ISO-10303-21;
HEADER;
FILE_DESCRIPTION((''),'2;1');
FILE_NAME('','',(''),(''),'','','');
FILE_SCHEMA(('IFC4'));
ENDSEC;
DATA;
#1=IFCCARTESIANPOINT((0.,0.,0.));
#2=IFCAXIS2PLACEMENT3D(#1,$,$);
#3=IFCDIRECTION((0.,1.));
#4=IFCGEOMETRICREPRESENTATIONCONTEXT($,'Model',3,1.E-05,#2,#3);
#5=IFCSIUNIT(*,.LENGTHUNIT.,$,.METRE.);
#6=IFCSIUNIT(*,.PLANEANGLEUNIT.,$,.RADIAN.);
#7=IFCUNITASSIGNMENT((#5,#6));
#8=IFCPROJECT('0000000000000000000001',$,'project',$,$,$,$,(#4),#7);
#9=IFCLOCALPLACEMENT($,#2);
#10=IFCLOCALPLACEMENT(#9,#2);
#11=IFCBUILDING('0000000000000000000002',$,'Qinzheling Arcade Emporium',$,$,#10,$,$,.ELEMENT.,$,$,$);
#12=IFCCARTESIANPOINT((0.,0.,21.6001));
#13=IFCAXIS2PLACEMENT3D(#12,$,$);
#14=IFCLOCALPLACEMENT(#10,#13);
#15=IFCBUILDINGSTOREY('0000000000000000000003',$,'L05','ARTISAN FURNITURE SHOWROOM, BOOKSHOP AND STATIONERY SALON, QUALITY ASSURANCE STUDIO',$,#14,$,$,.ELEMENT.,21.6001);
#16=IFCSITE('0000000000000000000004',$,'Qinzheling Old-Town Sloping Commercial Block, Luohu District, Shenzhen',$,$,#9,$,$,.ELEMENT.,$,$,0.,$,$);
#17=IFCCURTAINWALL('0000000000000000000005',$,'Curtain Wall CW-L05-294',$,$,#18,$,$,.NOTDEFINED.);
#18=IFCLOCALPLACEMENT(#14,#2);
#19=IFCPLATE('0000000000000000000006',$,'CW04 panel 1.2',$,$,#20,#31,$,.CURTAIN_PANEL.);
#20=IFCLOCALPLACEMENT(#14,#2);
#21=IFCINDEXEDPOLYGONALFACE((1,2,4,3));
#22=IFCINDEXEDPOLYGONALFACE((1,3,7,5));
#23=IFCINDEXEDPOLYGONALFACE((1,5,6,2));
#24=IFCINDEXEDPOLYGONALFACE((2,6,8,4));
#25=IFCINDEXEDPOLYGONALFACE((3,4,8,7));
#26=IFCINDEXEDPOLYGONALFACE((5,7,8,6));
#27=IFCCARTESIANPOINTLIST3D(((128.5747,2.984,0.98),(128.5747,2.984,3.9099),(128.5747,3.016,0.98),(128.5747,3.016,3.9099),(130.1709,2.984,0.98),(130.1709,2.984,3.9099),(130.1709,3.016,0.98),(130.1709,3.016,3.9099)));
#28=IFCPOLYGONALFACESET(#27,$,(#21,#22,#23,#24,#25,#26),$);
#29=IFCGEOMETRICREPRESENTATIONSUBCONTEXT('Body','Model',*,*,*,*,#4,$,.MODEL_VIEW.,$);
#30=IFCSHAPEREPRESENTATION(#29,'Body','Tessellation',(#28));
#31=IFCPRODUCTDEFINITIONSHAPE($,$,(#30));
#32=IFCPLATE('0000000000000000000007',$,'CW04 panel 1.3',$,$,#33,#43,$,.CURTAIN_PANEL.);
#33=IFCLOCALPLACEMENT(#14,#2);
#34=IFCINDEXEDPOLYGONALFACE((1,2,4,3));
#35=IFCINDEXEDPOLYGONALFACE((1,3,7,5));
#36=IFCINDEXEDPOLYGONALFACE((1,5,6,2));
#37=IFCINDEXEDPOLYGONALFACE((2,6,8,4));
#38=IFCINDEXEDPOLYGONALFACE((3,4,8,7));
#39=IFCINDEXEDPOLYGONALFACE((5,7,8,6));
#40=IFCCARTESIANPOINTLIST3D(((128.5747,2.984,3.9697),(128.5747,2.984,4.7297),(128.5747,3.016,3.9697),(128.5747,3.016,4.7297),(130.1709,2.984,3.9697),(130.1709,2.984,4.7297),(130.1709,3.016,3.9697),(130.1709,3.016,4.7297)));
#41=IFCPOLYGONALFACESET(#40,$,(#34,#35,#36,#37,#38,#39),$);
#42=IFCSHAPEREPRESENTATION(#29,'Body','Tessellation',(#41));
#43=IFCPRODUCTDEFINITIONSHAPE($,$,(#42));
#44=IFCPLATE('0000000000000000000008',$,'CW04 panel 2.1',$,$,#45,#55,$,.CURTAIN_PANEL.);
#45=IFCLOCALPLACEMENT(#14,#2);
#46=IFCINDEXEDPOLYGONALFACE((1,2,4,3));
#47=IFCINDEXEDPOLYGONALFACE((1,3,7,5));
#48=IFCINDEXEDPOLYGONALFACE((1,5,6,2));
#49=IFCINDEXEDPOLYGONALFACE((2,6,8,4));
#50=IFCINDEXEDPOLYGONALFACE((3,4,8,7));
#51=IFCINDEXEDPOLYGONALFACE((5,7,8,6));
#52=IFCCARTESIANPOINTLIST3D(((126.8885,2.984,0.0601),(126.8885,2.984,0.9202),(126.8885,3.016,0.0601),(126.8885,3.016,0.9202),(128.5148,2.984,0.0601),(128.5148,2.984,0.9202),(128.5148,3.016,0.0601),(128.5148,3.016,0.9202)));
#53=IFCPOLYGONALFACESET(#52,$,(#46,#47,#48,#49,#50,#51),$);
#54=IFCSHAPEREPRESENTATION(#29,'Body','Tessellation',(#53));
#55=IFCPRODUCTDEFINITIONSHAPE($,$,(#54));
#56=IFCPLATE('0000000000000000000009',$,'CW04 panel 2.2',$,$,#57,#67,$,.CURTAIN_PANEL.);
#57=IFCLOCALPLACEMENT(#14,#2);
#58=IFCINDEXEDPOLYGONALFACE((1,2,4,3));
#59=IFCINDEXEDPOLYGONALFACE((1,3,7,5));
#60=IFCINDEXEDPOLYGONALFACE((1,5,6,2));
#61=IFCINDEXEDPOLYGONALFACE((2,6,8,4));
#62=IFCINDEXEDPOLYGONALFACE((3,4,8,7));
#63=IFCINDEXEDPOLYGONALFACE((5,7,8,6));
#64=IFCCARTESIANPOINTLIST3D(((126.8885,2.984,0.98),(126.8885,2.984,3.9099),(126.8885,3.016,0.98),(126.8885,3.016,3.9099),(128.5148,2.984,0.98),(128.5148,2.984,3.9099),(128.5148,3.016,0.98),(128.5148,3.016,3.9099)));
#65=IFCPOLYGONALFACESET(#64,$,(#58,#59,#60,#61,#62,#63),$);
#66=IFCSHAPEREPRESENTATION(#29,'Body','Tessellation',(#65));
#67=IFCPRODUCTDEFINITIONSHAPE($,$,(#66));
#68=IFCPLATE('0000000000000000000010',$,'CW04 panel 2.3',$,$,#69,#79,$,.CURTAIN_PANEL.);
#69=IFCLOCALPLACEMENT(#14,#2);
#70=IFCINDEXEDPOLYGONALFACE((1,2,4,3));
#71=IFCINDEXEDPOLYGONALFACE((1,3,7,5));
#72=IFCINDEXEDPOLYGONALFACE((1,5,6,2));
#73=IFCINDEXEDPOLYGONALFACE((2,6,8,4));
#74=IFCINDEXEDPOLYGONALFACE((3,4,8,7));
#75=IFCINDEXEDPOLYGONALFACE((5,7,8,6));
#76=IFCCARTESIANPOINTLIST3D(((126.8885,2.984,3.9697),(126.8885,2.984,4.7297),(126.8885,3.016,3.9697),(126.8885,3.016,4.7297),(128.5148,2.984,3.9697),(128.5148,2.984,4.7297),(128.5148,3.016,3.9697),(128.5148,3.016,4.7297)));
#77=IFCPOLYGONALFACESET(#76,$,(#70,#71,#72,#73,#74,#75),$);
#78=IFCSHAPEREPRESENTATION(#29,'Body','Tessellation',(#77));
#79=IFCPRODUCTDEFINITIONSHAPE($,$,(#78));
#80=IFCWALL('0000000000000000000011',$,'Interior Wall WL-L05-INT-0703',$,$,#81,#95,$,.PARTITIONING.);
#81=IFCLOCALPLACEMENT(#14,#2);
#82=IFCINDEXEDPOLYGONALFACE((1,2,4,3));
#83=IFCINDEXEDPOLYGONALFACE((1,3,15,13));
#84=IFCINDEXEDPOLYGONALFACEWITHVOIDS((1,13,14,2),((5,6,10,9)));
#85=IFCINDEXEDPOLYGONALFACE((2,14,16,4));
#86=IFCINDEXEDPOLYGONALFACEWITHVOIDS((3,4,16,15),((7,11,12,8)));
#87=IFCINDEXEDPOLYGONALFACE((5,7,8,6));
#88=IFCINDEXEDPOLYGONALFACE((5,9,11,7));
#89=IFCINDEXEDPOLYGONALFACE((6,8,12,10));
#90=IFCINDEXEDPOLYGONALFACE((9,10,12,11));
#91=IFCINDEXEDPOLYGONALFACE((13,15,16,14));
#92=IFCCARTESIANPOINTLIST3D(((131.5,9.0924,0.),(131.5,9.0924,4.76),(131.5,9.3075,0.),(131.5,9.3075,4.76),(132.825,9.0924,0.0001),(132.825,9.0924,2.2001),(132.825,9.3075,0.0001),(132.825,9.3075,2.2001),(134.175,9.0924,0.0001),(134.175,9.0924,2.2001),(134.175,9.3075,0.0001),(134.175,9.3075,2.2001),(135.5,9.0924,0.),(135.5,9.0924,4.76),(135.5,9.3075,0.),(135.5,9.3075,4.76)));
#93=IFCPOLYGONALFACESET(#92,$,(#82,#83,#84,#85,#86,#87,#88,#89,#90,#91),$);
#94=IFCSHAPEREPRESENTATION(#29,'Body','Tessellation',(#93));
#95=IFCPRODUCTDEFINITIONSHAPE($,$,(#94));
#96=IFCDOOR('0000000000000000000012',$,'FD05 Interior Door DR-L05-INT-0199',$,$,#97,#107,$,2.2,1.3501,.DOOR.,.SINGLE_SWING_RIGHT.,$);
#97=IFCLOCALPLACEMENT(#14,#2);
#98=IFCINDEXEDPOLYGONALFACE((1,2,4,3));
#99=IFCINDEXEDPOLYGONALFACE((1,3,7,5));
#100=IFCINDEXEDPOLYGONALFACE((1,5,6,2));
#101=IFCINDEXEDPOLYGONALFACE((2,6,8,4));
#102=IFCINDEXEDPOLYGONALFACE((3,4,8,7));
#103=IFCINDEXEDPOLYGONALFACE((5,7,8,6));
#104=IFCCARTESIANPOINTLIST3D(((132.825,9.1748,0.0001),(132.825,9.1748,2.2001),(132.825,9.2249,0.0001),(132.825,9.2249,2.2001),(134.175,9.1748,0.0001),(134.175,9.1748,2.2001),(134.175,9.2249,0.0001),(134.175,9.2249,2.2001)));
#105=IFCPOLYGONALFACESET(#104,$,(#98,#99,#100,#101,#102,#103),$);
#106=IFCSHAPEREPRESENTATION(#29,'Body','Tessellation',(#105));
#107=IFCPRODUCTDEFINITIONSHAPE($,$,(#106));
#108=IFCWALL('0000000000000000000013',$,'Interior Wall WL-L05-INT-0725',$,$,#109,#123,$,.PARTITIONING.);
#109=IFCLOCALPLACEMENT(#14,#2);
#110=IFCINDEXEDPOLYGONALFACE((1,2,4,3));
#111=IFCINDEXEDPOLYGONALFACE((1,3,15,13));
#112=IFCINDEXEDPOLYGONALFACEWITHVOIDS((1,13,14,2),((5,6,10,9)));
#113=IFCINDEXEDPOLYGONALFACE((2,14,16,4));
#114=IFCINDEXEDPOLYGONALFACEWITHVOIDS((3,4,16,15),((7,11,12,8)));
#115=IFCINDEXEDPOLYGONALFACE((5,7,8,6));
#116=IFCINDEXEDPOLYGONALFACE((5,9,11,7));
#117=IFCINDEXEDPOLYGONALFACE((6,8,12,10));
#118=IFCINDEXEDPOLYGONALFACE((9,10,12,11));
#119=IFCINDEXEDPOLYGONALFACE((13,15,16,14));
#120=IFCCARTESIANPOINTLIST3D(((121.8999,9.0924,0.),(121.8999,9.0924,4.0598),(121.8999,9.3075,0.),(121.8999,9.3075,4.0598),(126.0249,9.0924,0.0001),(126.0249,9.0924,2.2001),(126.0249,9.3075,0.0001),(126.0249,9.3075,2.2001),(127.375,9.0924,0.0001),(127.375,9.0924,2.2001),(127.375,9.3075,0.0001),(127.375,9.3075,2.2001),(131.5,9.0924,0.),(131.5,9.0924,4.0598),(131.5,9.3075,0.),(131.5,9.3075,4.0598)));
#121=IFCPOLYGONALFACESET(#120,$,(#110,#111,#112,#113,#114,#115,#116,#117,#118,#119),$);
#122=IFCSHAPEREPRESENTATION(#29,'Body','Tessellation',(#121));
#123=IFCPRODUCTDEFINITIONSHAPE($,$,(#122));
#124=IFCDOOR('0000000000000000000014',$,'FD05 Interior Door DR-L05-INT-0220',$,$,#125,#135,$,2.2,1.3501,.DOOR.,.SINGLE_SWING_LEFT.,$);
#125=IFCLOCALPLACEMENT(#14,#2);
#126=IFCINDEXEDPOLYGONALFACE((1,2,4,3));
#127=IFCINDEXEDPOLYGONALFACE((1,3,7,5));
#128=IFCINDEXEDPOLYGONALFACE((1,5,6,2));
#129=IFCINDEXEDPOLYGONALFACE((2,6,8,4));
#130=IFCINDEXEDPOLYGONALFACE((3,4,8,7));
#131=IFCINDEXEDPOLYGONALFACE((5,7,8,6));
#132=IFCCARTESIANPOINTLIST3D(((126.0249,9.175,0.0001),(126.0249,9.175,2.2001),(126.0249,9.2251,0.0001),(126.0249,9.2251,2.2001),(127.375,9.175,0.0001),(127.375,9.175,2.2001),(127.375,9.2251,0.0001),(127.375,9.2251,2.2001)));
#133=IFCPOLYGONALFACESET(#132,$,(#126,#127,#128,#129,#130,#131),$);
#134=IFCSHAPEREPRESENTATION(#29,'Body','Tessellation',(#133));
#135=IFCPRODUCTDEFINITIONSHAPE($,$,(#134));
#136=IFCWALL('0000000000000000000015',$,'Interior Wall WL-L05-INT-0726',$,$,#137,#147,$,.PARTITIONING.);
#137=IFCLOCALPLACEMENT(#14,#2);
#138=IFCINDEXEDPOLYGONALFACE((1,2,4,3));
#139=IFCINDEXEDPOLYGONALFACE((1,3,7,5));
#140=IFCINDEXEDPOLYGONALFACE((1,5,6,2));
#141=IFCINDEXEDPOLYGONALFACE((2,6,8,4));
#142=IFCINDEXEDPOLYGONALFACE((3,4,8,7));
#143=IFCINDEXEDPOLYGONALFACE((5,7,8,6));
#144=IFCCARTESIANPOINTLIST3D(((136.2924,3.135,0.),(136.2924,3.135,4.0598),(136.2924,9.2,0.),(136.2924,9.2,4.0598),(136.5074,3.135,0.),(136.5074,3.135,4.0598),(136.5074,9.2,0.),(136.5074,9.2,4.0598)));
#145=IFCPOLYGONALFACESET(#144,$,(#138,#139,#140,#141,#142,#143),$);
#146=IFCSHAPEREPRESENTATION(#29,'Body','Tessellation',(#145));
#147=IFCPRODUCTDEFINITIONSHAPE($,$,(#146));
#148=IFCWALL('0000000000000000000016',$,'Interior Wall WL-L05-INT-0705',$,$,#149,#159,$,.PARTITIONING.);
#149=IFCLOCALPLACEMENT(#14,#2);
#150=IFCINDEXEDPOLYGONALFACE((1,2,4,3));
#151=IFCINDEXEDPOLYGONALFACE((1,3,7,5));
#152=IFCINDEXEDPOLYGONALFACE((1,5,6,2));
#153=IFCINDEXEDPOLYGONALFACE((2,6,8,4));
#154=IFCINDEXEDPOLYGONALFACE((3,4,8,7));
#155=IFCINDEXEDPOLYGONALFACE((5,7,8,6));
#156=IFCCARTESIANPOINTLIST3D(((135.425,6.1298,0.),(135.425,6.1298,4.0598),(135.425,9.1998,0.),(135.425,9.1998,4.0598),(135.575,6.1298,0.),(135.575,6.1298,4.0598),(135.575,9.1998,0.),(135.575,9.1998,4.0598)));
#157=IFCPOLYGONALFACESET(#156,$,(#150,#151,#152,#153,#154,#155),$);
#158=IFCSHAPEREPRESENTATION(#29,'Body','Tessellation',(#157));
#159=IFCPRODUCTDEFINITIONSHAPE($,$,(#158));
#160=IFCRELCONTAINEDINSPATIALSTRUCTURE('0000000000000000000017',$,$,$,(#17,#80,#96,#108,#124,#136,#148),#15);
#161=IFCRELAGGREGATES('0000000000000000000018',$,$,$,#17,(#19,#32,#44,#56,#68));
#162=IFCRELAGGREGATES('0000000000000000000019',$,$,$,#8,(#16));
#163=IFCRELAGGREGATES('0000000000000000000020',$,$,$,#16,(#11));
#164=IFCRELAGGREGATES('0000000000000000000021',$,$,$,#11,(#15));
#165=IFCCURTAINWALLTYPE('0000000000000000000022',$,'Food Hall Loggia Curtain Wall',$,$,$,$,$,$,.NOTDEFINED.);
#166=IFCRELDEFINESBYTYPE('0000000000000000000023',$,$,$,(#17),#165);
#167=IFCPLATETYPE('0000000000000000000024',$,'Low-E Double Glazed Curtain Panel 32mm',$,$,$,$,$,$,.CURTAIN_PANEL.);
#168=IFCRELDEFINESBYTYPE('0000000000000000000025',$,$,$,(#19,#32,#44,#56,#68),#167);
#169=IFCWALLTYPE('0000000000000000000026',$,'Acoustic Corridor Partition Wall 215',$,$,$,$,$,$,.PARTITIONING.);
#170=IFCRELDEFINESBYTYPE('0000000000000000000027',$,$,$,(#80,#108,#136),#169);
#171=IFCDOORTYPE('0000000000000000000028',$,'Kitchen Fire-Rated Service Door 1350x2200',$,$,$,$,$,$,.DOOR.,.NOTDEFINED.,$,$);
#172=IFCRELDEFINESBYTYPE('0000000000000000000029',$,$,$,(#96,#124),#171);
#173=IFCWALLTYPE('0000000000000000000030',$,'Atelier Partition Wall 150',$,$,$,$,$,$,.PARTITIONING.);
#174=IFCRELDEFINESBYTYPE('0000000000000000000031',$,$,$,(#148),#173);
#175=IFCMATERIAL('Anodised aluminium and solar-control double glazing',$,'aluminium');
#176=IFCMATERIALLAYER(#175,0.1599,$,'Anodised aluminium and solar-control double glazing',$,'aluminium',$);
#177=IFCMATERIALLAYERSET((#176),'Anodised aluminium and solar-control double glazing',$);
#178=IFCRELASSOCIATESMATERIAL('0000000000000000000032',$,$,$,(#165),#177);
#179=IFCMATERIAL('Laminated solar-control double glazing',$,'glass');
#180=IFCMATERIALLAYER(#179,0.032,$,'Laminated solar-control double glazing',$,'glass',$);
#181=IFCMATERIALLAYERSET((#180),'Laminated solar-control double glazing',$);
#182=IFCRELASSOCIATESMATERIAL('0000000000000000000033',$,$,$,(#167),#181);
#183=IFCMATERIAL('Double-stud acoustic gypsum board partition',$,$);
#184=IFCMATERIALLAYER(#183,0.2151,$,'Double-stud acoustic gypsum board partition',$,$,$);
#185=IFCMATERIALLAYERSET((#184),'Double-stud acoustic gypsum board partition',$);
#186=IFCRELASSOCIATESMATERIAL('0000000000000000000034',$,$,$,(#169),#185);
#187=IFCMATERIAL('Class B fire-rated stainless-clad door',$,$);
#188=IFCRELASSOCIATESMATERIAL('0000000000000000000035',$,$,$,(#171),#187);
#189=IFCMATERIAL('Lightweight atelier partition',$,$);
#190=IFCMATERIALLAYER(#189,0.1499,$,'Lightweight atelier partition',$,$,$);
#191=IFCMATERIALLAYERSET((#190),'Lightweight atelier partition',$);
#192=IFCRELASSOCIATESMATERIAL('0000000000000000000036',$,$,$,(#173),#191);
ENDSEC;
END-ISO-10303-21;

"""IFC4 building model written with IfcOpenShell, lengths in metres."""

from ifc_helpers import new_model, si_unit, direction, frame, frame_2d, origin, origin_2d, place, context, subcontext, project, spatial, rectangle, extrude, material, layer, layer_set, type_object, element, fill, aggregate, save


model = new_model("IFC4")

# Units and contexts
model_context = context("Model", 3, precision=1e-05, world=origin(), true_north=direction((0.0, 1.0)))
body_context = subcontext(model_context, "Body", "Model", "MODEL_VIEW")
ifc_project = project(units=[si_unit("LENGTHUNIT", "METRE"), si_unit("PLANEANGLEUNIT", "RADIAN")], contexts=[model_context])

# Site, building, storey
site_placement = place(None, origin())
site = spatial("IfcSite", under=ifc_project, at=site_placement, Name="Qinzheling Old-Town Sloping Commercial Block, Luohu District, Shenzhen", CompositionType="ELEMENT", RefElevation=0.0)
building_placement = place(site_placement, origin())
building = spatial("IfcBuilding", under=site, at=building_placement, Name="Qinzheling Arcade Emporium", CompositionType="ELEMENT")
storey_placement = place(building_placement, frame((0.0, 0.0, 21.6001)))
storey = spatial("IfcBuildingStorey", under=building, at=storey_placement, Name="L05", Description="ARTISAN FURNITURE SHOWROOM, BOOKSHOP AND STATIONERY SALON, QUALITY ASSURANCE STUDIO", CompositionType="ELEMENT", Elevation=21.6001)

# Curtain wall
ifc_material_1 = material(Name="Anodised aluminium and solar-control double glazing", Category="aluminium")
ifc_layer_1 = layer(ifc_material_1, 0.1599, Name="Anodised aluminium and solar-control double glazing", Category="aluminium")
ifc_layer_set_1 = layer_set([ifc_layer_1], Name="Anodised aluminium and solar-control double glazing")
curtain_wall_type = type_object("IfcCurtainWallType", Name="Food Hall Loggia Curtain Wall", PredefinedType="NOTDEFINED", material=ifc_layer_set_1)
curtain_wall_placement = place(storey_placement, origin())
curtain_wall = element("IfcCurtainWall", 1, at=curtain_wall_placement, inside=storey, type_object=curtain_wall_type, Name="Curtain Wall CW-L05-294", PredefinedType="NOTDEFINED")

# Plates
ifc_material_2 = material(Name="Laminated solar-control double glazing", Category="glass")
ifc_layer_2 = layer(ifc_material_2, 0.032, Name="Laminated solar-control double glazing", Category="glass")
ifc_layer_set_2 = layer_set([ifc_layer_2], Name="Laminated solar-control double glazing")
plate_type = type_object("IfcPlateType", Name="Low-E Double Glazed Curtain Panel 32mm", PredefinedType="CURTAIN_PANEL", material=ifc_layer_set_2)
plate_1_placement = place(storey_placement, frame((129.3728, 3.0, 0.98), z_axis=(0.0, 0.0, 1.0), x_axis=(-1.0, 0.0, 0.0)))
plate_1 = element("IfcPlate", 2, at=plate_1_placement, type_object=plate_type, Name="CW04 panel 1.2", PredefinedType="CURTAIN_PANEL", context=body_context, shape_type="SweptSolid", body=[
    extrude(rectangle(XDim=1.5962, YDim=0.032, at=origin_2d()), origin(), (0.0, 0.0, 1.0), 2.9299),
])
plate_2_placement = place(storey_placement, frame((129.3728, 3.0, 3.9697), z_axis=(0.0, 0.0, 1.0), x_axis=(-1.0, 0.0, 0.0)))
plate_2 = element("IfcPlate", 3, at=plate_2_placement, type_object=plate_type, Name="CW04 panel 1.3", PredefinedType="CURTAIN_PANEL", context=body_context, shape_type="SweptSolid", body=[
    extrude(rectangle(XDim=1.5962, YDim=0.032, at=origin_2d()), origin(), (0.0, 0.0, 1.0), 0.76),
])
plate_3_placement = place(storey_placement, frame((127.7017, 3.0, 0.0601), z_axis=(0.0, 0.0, 1.0), x_axis=(-1.0, 0.0, 0.0)))
plate_3 = element("IfcPlate", 4, at=plate_3_placement, type_object=plate_type, Name="CW04 panel 2.1", PredefinedType="CURTAIN_PANEL", context=body_context, shape_type="SweptSolid", body=[
    extrude(rectangle(XDim=1.6262, YDim=0.032, at=origin_2d()), origin(), (0.0, 0.0, 1.0), 0.8601),
])
plate_4_placement = place(storey_placement, frame((127.7017, 3.0, 0.98), z_axis=(0.0, 0.0, 1.0), x_axis=(-1.0, 0.0, 0.0)))
plate_4 = element("IfcPlate", 5, at=plate_4_placement, type_object=plate_type, Name="CW04 panel 2.2", PredefinedType="CURTAIN_PANEL", context=body_context, shape_type="SweptSolid", body=[
    extrude(rectangle(XDim=1.6262, YDim=0.032, at=origin_2d()), origin(), (0.0, 0.0, 1.0), 2.9299),
])
plate_5_placement = place(storey_placement, frame((127.7017, 3.0, 3.9697), z_axis=(0.0, 0.0, 1.0), x_axis=(-1.0, 0.0, 0.0)))
plate_5 = element("IfcPlate", 6, at=plate_5_placement, type_object=plate_type, Name="CW04 panel 2.3", PredefinedType="CURTAIN_PANEL", context=body_context, shape_type="SweptSolid", body=[
    extrude(rectangle(XDim=1.6262, YDim=0.032, at=origin_2d()), origin(), (0.0, 0.0, 1.0), 0.76),
])
aggregate(curtain_wall, [plate_1, plate_2, plate_3, plate_4, plate_5])

# Walls, openings, doors
ifc_material_3 = material(Name="Double-stud acoustic gypsum board partition")
ifc_layer_3 = layer(ifc_material_3, 0.2151, Name="Double-stud acoustic gypsum board partition")
ifc_layer_set_3 = layer_set([ifc_layer_3], Name="Double-stud acoustic gypsum board partition")
wall_type_1 = type_object("IfcWallType", Name="Acoustic Corridor Partition Wall 215", PredefinedType="PARTITIONING", material=ifc_layer_set_3)
wall_1_placement = place(storey_placement, frame((131.5, 9.2, 0.0), z_axis=(0.0, 0.0, 1.0), x_axis=(1.0, 0.0, 0.0)))
wall_1 = element("IfcWall", 7, at=wall_1_placement, inside=storey, type_object=wall_type_1, Name="Interior Wall WL-L05-INT-0703", PredefinedType="PARTITIONING", context=body_context, shape_type="SweptSolid", body=[
    extrude(rectangle(XDim=4.0, YDim=0.2151, at=frame_2d((2.0, 0.0))), origin(), (0.0, 0.0, 1.0), 4.76),
])
opening_1_placement = place(wall_1_placement, frame((1.325, 0.0, 0.0)))
opening_1 = element("IfcOpeningElement", 8, at=opening_1_placement, cuts=wall_1, PredefinedType="OPENING", context=body_context, shape_type="SweptSolid", body=[
    extrude(rectangle(XDim=1.3501, YDim=2.2, at=frame_2d((0.675, 1.1001))), frame((0.0, 0.1177, 0.0), z_axis=(0.0, -1.0, 0.0), x_axis=(1.0, 0.0, 0.0)), (0.0, 0.0, 1.0), 0.2351),
])
ifc_material_4 = material(Name="Class B fire-rated stainless-clad door")
door_type_1 = type_object("IfcDoorType", Name="Kitchen Fire-Rated Service Door 1350x2200", OperationType="NOTDEFINED", PredefinedType="DOOR", material=ifc_material_4)
door_1_placement = place(opening_1_placement, origin())
door_1 = element("IfcDoor", 9, at=door_1_placement, inside=storey, type_object=door_type_1, Name="FD05 Interior Door DR-L05-INT-0199", OperationType="SINGLE_SWING_RIGHT", OverallHeight=2.2, OverallWidth=1.3501, PredefinedType="DOOR", context=body_context, shape_type="SweptSolid", body=[
    extrude(rectangle(XDim=1.3501, YDim=2.2, at=frame_2d((0.675, 1.1001))), frame((0.0, 0.0249, 0.0), z_axis=(0.0, -1.0, 0.0), x_axis=(1.0, 0.0, 0.0)), (0.0, 0.0, 1.0), 0.05),
])
fill(opening_1, door_1)
wall_2_placement = place(storey_placement, frame((131.5, 9.2, 0.0), z_axis=(0.0, 0.0, 1.0), x_axis=(-1.0, 0.0, 0.0)))
wall_2 = element("IfcWall", 10, at=wall_2_placement, inside=storey, type_object=wall_type_1, Name="Interior Wall WL-L05-INT-0725", PredefinedType="PARTITIONING", context=body_context, shape_type="SweptSolid", body=[
    extrude(rectangle(XDim=9.6001, YDim=0.2151, at=frame_2d((4.8, 0.0))), origin(), (0.0, 0.0, 1.0), 4.0598),
])
opening_2_placement = place(wall_2_placement, frame((4.125, 0.0, 0.0)))
opening_2 = element("IfcOpeningElement", 11, at=opening_2_placement, cuts=wall_2, PredefinedType="OPENING", context=body_context, shape_type="SweptSolid", body=[
    extrude(rectangle(XDim=1.3501, YDim=2.2, at=frame_2d((0.675, 1.1001))), frame((0.0, 0.1177, 0.0), z_axis=(0.0, -1.0, 0.0), x_axis=(1.0, 0.0, 0.0)), (0.0, 0.0, 1.0), 0.2351),
])
door_2_placement = place(opening_2_placement, origin())
door_2 = element("IfcDoor", 12, at=door_2_placement, inside=storey, type_object=door_type_1, Name="FD05 Interior Door DR-L05-INT-0220", OperationType="SINGLE_SWING_LEFT", OverallHeight=2.2, OverallWidth=1.3501, PredefinedType="DOOR", context=body_context, shape_type="SweptSolid", body=[
    extrude(rectangle(XDim=1.3501, YDim=2.2, at=frame_2d((0.675, 1.1001))), frame((0.0, 0.0249, 0.0), z_axis=(0.0, -1.0, 0.0), x_axis=(1.0, 0.0, 0.0)), (0.0, 0.0, 1.0), 0.05),
])
fill(opening_2, door_2)

# Walls
wall_3_placement = place(storey_placement, frame((136.3999, 3.135, 0.0), z_axis=(0.0, 0.0, 1.0), x_axis=(0.0, 1.0, 0.0)))
element("IfcWall", 13, at=wall_3_placement, inside=storey, type_object=wall_type_1, Name="Interior Wall WL-L05-INT-0726", PredefinedType="PARTITIONING", context=body_context, shape_type="SweptSolid", body=[
    extrude(rectangle(XDim=6.0649, YDim=0.2151, at=frame_2d((3.0325, 0.0))), origin(), (0.0, 0.0, 1.0), 4.0598),
])
ifc_material_5 = material(Name="Lightweight atelier partition")
ifc_layer_4 = layer(ifc_material_5, 0.1499, Name="Lightweight atelier partition")
ifc_layer_set_4 = layer_set([ifc_layer_4], Name="Lightweight atelier partition")
wall_type_2 = type_object("IfcWallType", Name="Atelier Partition Wall 150", PredefinedType="PARTITIONING", material=ifc_layer_set_4)
wall_4_placement = place(storey_placement, frame((135.5, 9.2, 0.0), z_axis=(0.0, 0.0, 1.0), x_axis=(0.0, -1.0, 0.0)))
element("IfcWall", 14, at=wall_4_placement, inside=storey, type_object=wall_type_2, Name="Interior Wall WL-L05-INT-0705", PredefinedType="PARTITIONING", context=body_context, shape_type="SweptSolid", body=[
    extrude(rectangle(XDim=3.0701, YDim=0.1499, at=frame_2d((1.5352, 0.0))), origin(), (0.0, 0.0, 1.0), 4.0598),
])

save(model, "model.ifc")
